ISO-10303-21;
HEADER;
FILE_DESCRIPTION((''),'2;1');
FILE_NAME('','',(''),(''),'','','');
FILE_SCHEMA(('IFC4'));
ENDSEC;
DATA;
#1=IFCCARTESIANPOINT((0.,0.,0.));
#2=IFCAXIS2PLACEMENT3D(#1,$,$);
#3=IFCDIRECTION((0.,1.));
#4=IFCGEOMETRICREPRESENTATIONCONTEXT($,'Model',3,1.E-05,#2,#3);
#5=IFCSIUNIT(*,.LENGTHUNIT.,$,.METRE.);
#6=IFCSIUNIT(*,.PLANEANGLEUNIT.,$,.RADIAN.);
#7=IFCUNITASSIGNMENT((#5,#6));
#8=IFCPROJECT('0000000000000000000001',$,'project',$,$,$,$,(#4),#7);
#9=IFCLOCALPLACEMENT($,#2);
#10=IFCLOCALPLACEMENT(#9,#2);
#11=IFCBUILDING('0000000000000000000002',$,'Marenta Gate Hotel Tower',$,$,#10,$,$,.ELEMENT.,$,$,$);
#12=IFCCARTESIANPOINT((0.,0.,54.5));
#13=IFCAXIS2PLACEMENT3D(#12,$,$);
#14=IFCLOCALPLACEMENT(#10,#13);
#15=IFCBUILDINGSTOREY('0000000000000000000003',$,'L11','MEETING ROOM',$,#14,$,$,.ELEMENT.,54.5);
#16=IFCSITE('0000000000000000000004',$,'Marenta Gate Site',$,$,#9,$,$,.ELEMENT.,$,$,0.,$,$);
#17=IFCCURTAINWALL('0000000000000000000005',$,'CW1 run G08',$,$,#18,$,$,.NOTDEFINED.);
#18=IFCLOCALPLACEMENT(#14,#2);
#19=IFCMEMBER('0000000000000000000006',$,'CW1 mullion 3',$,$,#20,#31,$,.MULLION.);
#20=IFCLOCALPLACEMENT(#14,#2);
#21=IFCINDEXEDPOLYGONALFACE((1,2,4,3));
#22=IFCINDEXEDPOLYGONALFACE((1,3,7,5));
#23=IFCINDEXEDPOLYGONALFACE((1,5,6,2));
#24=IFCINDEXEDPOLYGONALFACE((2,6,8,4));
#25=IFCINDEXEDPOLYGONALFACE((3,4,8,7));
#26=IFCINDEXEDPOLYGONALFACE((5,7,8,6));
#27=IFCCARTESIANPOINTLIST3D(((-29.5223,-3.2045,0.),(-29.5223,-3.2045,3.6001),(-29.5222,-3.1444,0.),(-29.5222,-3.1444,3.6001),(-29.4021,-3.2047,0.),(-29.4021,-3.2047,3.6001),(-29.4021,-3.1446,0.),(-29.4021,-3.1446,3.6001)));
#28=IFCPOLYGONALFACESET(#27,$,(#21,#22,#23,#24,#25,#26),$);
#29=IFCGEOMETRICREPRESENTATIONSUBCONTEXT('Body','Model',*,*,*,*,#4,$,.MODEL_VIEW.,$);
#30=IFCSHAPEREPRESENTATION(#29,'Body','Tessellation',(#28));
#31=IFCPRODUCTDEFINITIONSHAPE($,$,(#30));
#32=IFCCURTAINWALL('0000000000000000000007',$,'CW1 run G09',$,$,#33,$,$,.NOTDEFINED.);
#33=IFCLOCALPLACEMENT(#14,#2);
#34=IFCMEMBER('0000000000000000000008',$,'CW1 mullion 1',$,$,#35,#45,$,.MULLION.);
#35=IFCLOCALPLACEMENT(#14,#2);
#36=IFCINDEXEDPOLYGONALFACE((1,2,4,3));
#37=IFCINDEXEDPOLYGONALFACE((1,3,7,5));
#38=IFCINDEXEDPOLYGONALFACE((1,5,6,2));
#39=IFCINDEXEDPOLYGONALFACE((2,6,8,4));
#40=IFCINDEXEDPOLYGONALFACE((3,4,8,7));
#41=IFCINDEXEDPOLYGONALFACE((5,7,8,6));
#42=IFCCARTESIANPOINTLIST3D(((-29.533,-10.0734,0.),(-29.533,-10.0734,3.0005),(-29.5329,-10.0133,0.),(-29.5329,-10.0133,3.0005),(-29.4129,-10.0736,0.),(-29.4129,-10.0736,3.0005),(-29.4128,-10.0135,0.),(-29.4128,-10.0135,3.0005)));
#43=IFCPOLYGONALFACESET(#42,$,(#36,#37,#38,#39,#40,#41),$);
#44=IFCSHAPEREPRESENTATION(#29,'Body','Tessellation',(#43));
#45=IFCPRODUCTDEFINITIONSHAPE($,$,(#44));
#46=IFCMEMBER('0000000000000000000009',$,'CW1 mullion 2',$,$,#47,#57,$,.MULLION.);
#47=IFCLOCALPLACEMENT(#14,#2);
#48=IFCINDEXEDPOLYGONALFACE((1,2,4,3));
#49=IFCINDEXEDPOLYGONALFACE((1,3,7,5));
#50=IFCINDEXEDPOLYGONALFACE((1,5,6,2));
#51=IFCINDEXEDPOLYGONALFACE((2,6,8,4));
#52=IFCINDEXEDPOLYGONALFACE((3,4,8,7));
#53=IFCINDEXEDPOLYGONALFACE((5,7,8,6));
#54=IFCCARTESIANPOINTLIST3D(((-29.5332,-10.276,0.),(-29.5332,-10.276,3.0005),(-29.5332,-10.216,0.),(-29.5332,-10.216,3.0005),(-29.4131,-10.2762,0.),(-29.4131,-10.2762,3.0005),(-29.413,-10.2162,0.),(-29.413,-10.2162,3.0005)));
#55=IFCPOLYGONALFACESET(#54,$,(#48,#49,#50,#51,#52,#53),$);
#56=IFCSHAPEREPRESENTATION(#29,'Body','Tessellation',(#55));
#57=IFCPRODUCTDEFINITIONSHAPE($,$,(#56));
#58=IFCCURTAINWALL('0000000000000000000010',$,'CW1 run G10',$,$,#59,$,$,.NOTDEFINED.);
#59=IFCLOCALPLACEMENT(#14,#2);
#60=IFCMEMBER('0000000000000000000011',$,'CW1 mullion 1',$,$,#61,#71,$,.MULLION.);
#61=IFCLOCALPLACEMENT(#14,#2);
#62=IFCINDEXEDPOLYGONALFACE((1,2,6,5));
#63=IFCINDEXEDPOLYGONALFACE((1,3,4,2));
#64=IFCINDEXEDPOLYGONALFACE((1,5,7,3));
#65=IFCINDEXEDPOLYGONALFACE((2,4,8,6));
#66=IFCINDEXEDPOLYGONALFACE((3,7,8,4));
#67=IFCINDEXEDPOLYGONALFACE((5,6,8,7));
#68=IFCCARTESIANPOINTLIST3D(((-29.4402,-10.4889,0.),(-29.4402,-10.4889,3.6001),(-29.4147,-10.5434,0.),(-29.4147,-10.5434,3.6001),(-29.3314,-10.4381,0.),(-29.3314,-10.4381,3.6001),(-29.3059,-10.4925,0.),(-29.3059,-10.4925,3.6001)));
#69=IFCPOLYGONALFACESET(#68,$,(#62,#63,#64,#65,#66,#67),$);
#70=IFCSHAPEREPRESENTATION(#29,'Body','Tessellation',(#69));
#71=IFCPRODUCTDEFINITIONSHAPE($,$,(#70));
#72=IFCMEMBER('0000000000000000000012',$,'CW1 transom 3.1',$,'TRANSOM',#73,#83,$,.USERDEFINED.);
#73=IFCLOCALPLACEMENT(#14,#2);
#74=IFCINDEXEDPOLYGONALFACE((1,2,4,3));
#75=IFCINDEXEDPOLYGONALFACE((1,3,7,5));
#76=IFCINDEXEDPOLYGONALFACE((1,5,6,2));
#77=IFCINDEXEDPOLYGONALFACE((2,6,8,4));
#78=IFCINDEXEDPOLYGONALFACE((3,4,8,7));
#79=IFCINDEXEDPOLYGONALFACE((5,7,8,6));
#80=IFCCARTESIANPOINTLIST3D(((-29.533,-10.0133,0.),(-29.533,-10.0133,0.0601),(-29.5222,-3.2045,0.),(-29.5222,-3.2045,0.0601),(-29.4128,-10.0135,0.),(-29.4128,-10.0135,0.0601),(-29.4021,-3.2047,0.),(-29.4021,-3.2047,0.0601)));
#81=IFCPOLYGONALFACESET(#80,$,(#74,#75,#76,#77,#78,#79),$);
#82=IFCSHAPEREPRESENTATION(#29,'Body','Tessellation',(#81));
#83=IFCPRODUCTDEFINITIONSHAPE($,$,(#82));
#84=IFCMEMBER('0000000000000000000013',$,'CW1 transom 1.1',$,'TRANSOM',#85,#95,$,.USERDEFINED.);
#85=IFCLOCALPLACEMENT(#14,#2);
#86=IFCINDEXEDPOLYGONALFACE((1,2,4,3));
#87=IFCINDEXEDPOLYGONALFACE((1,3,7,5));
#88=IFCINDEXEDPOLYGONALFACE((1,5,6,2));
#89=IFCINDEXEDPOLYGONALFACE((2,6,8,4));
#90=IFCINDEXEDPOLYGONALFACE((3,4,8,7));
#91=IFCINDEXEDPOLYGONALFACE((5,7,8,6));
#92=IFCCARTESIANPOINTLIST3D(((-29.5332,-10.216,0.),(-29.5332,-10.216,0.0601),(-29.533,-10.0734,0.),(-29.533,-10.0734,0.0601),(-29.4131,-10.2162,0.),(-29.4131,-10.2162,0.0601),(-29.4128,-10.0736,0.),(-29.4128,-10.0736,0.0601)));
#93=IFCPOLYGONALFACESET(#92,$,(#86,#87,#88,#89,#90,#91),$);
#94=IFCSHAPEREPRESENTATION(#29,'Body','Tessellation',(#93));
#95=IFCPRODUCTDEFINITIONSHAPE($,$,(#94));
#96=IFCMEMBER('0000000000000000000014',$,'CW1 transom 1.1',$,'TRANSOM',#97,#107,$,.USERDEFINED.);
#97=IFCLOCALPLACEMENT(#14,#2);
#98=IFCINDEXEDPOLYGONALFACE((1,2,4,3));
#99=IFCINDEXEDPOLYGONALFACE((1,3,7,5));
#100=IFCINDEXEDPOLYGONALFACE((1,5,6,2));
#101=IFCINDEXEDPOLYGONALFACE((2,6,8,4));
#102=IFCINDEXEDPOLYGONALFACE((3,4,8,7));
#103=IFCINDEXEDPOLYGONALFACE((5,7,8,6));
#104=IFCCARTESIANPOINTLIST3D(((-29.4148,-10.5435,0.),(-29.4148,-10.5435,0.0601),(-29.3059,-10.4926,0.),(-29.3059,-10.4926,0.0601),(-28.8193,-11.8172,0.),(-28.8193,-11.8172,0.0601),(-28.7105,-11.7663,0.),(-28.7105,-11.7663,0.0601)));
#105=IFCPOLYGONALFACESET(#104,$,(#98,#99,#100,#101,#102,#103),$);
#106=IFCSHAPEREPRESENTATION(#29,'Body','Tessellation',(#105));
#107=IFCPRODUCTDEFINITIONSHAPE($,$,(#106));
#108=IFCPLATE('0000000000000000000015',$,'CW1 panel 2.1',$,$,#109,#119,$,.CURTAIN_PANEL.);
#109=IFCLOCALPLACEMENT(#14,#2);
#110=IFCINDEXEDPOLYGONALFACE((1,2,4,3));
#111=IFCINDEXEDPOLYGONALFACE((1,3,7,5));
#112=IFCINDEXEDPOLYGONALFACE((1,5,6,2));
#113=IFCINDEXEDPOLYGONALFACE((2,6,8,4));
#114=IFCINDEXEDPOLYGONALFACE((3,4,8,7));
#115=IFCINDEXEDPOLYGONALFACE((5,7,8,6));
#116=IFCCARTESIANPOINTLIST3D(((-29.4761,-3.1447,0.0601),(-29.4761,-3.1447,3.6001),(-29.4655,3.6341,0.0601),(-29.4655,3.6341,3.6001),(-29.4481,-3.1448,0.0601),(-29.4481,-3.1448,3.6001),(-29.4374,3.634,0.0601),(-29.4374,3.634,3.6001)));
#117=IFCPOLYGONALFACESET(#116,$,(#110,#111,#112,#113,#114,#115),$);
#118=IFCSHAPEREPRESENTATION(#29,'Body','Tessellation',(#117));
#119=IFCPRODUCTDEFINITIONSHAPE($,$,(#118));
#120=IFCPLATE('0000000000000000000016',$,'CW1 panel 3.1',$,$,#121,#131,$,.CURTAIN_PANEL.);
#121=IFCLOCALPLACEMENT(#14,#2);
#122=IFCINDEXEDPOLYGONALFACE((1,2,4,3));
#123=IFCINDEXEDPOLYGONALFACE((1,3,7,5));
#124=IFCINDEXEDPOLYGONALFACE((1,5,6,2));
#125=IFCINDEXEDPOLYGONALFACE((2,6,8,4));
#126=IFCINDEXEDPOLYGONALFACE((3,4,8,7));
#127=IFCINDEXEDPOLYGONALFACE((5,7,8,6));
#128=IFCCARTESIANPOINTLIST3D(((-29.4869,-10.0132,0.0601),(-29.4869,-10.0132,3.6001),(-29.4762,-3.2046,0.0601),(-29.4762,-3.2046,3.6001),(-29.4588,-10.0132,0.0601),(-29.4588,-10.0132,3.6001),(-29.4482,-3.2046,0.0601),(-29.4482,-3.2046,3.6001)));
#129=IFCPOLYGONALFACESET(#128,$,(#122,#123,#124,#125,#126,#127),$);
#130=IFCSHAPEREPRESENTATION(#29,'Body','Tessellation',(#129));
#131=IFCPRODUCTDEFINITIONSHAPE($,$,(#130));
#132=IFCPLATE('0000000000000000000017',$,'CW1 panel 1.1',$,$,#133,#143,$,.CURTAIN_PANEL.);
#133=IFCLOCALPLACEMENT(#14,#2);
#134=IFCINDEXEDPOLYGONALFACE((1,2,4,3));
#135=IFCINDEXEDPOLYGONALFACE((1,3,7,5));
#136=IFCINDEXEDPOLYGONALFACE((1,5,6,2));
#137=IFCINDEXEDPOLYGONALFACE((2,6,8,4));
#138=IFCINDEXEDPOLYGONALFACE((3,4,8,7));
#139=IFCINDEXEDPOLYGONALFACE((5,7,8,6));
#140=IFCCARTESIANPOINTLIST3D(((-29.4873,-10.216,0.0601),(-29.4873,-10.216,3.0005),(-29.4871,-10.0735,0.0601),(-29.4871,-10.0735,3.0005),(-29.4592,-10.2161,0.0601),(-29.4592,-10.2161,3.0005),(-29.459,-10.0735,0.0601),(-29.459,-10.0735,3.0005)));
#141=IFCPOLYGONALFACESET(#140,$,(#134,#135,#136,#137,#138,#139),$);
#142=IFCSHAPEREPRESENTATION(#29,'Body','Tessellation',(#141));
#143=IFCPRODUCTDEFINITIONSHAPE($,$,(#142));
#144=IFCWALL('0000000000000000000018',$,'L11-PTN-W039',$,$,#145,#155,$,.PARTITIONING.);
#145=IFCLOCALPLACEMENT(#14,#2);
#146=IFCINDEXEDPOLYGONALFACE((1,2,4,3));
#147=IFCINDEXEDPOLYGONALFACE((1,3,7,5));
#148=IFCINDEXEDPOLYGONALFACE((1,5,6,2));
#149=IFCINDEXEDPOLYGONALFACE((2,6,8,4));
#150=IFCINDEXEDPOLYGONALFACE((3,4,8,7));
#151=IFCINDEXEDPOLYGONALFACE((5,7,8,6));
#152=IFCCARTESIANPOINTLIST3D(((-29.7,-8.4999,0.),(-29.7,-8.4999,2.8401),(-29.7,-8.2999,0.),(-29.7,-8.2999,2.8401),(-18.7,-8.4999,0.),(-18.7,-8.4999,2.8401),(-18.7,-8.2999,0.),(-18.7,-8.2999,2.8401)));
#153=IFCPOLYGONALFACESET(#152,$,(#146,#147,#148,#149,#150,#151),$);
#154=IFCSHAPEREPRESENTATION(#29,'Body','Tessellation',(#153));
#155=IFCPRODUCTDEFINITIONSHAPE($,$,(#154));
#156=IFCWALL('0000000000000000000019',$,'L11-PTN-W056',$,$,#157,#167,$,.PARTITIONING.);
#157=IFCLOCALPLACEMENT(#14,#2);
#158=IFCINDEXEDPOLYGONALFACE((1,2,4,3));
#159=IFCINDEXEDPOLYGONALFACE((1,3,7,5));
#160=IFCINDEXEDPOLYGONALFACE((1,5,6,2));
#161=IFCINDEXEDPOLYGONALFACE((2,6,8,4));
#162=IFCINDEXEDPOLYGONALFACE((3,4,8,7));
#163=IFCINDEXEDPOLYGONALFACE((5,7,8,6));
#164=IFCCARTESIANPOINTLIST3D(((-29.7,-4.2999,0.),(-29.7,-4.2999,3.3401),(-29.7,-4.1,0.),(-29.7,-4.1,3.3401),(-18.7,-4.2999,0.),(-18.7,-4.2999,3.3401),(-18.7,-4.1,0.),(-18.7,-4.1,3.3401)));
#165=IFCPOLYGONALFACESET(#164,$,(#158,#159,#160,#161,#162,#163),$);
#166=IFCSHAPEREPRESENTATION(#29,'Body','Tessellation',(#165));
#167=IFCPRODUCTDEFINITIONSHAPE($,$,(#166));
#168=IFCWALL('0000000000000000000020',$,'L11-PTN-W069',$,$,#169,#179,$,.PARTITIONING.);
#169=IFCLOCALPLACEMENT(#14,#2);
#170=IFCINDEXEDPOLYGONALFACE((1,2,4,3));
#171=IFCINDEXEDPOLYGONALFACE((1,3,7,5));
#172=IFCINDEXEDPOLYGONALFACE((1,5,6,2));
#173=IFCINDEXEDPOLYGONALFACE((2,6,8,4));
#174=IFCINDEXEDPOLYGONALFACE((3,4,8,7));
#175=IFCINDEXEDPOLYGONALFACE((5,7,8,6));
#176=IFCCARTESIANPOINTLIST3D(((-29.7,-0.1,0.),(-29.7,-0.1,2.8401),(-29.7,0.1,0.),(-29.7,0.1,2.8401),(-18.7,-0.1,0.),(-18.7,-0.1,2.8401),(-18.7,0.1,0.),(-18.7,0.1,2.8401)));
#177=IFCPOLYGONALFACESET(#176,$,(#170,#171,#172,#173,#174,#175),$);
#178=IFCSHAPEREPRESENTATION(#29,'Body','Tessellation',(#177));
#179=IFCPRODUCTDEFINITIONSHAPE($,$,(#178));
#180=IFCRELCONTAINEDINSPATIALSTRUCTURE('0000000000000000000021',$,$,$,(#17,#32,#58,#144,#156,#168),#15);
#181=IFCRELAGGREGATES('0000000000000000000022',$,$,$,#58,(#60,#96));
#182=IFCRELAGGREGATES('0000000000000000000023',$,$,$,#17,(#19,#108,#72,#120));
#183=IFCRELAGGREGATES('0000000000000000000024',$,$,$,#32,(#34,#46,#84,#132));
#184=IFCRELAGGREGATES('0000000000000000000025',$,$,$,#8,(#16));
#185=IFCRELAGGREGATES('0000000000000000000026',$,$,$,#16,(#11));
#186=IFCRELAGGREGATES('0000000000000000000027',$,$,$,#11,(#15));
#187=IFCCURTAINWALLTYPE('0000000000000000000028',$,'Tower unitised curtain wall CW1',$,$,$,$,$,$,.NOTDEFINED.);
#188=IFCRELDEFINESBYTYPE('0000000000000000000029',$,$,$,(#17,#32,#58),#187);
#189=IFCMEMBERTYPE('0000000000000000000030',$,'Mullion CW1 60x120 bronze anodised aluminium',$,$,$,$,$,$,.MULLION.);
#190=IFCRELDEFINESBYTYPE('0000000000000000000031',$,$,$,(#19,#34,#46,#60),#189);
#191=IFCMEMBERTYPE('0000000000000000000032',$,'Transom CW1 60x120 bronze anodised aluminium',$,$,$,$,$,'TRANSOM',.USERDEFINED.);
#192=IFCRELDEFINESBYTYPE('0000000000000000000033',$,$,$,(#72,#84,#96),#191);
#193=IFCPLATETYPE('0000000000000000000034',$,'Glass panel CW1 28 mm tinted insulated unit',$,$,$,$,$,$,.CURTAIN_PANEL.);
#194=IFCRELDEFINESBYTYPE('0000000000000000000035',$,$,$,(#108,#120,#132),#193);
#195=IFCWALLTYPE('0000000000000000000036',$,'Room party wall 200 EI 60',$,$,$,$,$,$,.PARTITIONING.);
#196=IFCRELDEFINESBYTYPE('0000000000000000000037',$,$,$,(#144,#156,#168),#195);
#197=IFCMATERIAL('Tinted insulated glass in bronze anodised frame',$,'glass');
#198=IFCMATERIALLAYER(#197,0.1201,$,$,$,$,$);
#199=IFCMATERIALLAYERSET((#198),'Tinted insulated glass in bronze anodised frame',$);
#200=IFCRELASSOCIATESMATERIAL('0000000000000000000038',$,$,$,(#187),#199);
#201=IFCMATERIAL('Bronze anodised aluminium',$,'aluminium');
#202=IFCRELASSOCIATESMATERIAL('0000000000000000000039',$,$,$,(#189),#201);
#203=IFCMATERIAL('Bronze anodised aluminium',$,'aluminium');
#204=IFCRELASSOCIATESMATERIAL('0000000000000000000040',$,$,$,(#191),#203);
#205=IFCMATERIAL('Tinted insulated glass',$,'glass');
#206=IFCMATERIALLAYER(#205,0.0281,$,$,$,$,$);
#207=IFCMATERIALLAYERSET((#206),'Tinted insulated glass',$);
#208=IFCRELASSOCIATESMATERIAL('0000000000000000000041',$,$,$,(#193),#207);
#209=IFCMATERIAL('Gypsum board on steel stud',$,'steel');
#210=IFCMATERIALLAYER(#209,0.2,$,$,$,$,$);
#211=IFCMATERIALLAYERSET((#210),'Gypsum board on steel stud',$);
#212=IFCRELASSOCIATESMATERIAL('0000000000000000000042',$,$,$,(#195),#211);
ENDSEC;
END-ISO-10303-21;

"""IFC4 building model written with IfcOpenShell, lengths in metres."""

from ifc_helpers import new_model, si_unit, direction, frame, frame_2d, origin, origin_2d, place, context, subcontext, project, spatial, rectangle, extrude, material, layer, layer_set, material_profile, profile_set, type_object, element, aggregate, save


model = new_model("IFC4")

# Units and contexts
model_context = context("Model", 3, precision=1e-05, world=origin(), true_north=direction((0.0, 1.0)))
body_context = subcontext(model_context, "Body", "Model", "MODEL_VIEW")
ifc_project = project(units=[si_unit("LENGTHUNIT", "METRE"), si_unit("PLANEANGLEUNIT", "RADIAN")], contexts=[model_context])

# Site, building, storey
site_placement = place(None, origin())
site = spatial("IfcSite", under=ifc_project, at=site_placement, Name="Marenta Gate Site", CompositionType="ELEMENT", RefElevation=0.0)
building_placement = place(site_placement, origin())
building = spatial("IfcBuilding", under=site, at=building_placement, Name="Marenta Gate Hotel Tower", CompositionType="ELEMENT")
storey_placement = place(building_placement, frame((0.0, 0.0, 54.5)))
storey = spatial("IfcBuildingStorey", under=building, at=storey_placement, Name="L11", Description="MEETING ROOM", CompositionType="ELEMENT", Elevation=54.5)

# Curtain wall, member
ifc_material_1 = material(Name="Tinted insulated glass in bronze anodised frame", Category="glass")
ifc_layer_1 = layer(ifc_material_1, 0.1201)
ifc_layer_set_1 = layer_set([ifc_layer_1], Name="Tinted insulated glass in bronze anodised frame")
curtain_wall_type = type_object("IfcCurtainWallType", Name="Tower unitised curtain wall CW1", PredefinedType="NOTDEFINED", material=ifc_layer_set_1)
curtain_wall_1_placement = place(storey_placement, origin())
curtain_wall_1 = element("IfcCurtainWall", 1, at=curtain_wall_1_placement, inside=storey, type_object=curtain_wall_type, Name="CW1 run G08", PredefinedType="NOTDEFINED")
ifc_material_2 = material(Name="Bronze anodised aluminium", Category="aluminium")
ifc_material_profile_1 = material_profile(ifc_material_2, rectangle(XDim=0.1201, YDim=0.0601, at=origin_2d()), Name="Mullion CW1 60x120 bronze anodised aluminium")
ifc_profile_set_1 = profile_set([ifc_material_profile_1], Name="Bronze anodised aluminium")
member_type_1 = type_object("IfcMemberType", Name="Mullion CW1 60x120 bronze anodised aluminium", PredefinedType="MULLION", material=ifc_profile_set_1)
member_1_placement = place(storey_placement, frame((-29.4622, -3.1746, 0.0), z_axis=(0.0, 0.0, 1.0), x_axis=(0.999999, -0.001565, 0.0)))
member_1 = element("IfcMember", 2, at=member_1_placement, type_object=member_type_1, Name="CW1 mullion 3", PredefinedType="MULLION", context=body_context, shape_type="SweptSolid", body=[
    extrude(rectangle(XDim=0.1201, YDim=0.0601, at=origin_2d()), origin(), (0.0, 0.0, 1.0), 3.6001),
])

# Curtain wall, members
curtain_wall_2_placement = place(storey_placement, origin())
curtain_wall_2 = element("IfcCurtainWall", 3, at=curtain_wall_2_placement, inside=storey, type_object=curtain_wall_type, Name="CW1 run G09", PredefinedType="NOTDEFINED")
member_2_placement = place(storey_placement, frame((-29.4729, -10.0435, 0.0), z_axis=(0.0, 0.0, 1.0), x_axis=(0.999999, -0.001523, 0.0)))
member_2 = element("IfcMember", 4, at=member_2_placement, type_object=member_type_1, Name="CW1 mullion 1", PredefinedType="MULLION", context=body_context, shape_type="SweptSolid", body=[
    extrude(rectangle(XDim=0.1201, YDim=0.0601, at=origin_2d()), origin(), (0.0, 0.0, 1.0), 3.0005),
])
member_3_placement = place(storey_placement, frame((-29.4731, -10.2461, 0.0), z_axis=(0.0, 0.0, 1.0), x_axis=(0.999999, -0.001523, 0.0)))
member_3 = element("IfcMember", 5, at=member_3_placement, type_object=member_type_1, Name="CW1 mullion 2", PredefinedType="MULLION", context=body_context, shape_type="SweptSolid", body=[
    extrude(rectangle(XDim=0.1201, YDim=0.0601, at=origin_2d()), origin(), (0.0, 0.0, 1.0), 3.0005),
])

# Curtain wall, member
curtain_wall_3_placement = place(storey_placement, origin())
curtain_wall_3 = element("IfcCurtainWall", 6, at=curtain_wall_3_placement, inside=storey, type_object=curtain_wall_type, Name="CW1 run G10", PredefinedType="NOTDEFINED")
member_4_placement = place(storey_placement, frame((-29.373, -10.4907, 0.0), z_axis=(0.0, 0.0, 1.0), x_axis=(0.905955, 0.423375, 0.0)))
member_4 = element("IfcMember", 7, at=member_4_placement, type_object=member_type_1, Name="CW1 mullion 1", PredefinedType="MULLION", context=body_context, shape_type="SweptSolid", body=[
    extrude(rectangle(XDim=0.1201, YDim=0.0601, at=origin_2d()), origin(), (0.0, 0.0, 1.0), 3.6001),
])

# Members
ifc_material_3 = material(Name="Bronze anodised aluminium", Category="aluminium")
ifc_material_profile_2 = material_profile(ifc_material_3, rectangle(XDim=0.1201, YDim=0.0601, at=origin_2d()), Name="Transom CW1 60x120 bronze anodised aluminium")
ifc_profile_set_2 = profile_set([ifc_material_profile_2], Name="Bronze anodised aluminium")
member_type_2 = type_object("IfcMemberType", Name="Transom CW1 60x120 bronze anodised aluminium", ElementType="TRANSOM", PredefinedType="USERDEFINED", material=ifc_profile_set_2)
member_5_placement = place(storey_placement, frame((-29.4622, -3.2046, 0.03), z_axis=(-0.001578, -0.999999, 0.0), x_axis=(0.999999, -0.001578, 0.0)))
member_5 = element("IfcMember", 8, at=member_5_placement, type_object=member_type_2, Name="CW1 transom 3.1", ObjectType="TRANSOM", PredefinedType="USERDEFINED", context=body_context, shape_type="SweptSolid", body=[
    extrude(rectangle(XDim=0.1201, YDim=0.0601, at=origin_2d()), origin(), (0.0, 0.0, 1.0), 6.8088),
])
member_6_placement = place(storey_placement, frame((-29.4729, -10.0735, 0.03), z_axis=(-0.001712, -0.999999, 0.0), x_axis=(0.999999, -0.001712, 0.0)))
member_6 = element("IfcMember", 9, at=member_6_placement, type_object=member_type_2, Name="CW1 transom 1.1", ObjectType="TRANSOM", PredefinedType="USERDEFINED", context=body_context, shape_type="SweptSolid", body=[
    extrude(rectangle(XDim=0.1201, YDim=0.0601, at=origin_2d()), origin(), (0.0, 0.0, 1.0), 0.1426),
])
member_7_placement = place(storey_placement, frame((-29.3604, -10.5181, 0.03), z_axis=(0.423513, -0.90589, 0.0), x_axis=(0.90589, 0.423513, 0.0)))
member_7 = element("IfcMember", 10, at=member_7_placement, type_object=member_type_2, Name="CW1 transom 1.1", ObjectType="TRANSOM", PredefinedType="USERDEFINED", context=body_context, shape_type="SweptSolid", body=[
    extrude(rectangle(XDim=0.1201, YDim=0.0601, at=origin_2d()), origin(), (0.0, 0.0, 1.0), 1.406),
])
aggregate(curtain_wall_3, [member_4, member_7])

# Plates
ifc_material_4 = material(Name="Tinted insulated glass", Category="glass")
ifc_layer_2 = layer(ifc_material_4, 0.0281)
ifc_layer_set_2 = layer_set([ifc_layer_2], Name="Tinted insulated glass")
plate_type = type_object("IfcPlateType", Name="Glass panel CW1 28 mm tinted insulated unit", PredefinedType="CURTAIN_PANEL", material=ifc_layer_set_2)
plate_1_placement = place(storey_placement, frame((-29.4568, 0.2446, 0.0601), z_axis=(0.0, 0.0, 1.0), x_axis=(-0.001565, -0.999999, 0.0)))
plate_1 = element("IfcPlate", 11, at=plate_1_placement, type_object=plate_type, Name="CW1 panel 2.1", PredefinedType="CURTAIN_PANEL", context=body_context, shape_type="SweptSolid", body=[
    extrude(rectangle(XDim=6.7788, YDim=0.0281, at=origin_2d()), origin(), (0.0, 0.0, 1.0), 3.54),
])
plate_2_placement = place(storey_placement, frame((-29.4675, -6.6089, 0.0601), z_axis=(0.0, 0.0, 1.0), x_axis=(-0.001565, -0.999999, 0.0)))
plate_2 = element("IfcPlate", 12, at=plate_2_placement, type_object=plate_type, Name="CW1 panel 3.1", PredefinedType="CURTAIN_PANEL", context=body_context, shape_type="SweptSolid", body=[
    extrude(rectangle(XDim=6.8086, YDim=0.0281, at=origin_2d()), origin(), (0.0, 0.0, 1.0), 3.54),
])
aggregate(curtain_wall_1, [member_1, plate_1, member_5, plate_2])
plate_3_placement = place(storey_placement, frame((-29.4731, -10.1448, 0.0601), z_axis=(0.0, 0.0, 1.0), x_axis=(-0.001523, -0.999999, 0.0)))
plate_3 = element("IfcPlate", 13, at=plate_3_placement, type_object=plate_type, Name="CW1 panel 1.1", PredefinedType="CURTAIN_PANEL", context=body_context, shape_type="SweptSolid", body=[
    extrude(rectangle(XDim=0.1426, YDim=0.0281, at=origin_2d()), origin(), (0.0, 0.0, 1.0), 2.9404),
])
aggregate(curtain_wall_2, [member_2, member_3, member_6, plate_3])

# Walls
ifc_material_5 = material(Name="Gypsum board on steel stud", Category="steel")
ifc_layer_3 = layer(ifc_material_5, 0.2)
ifc_layer_set_3 = layer_set([ifc_layer_3], Name="Gypsum board on steel stud")
wall_type = type_object("IfcWallType", Name="Room party wall 200 EI 60", PredefinedType="PARTITIONING", material=ifc_layer_set_3)
wall_1_placement = place(storey_placement, frame((-29.7, -8.3999, 0.0), z_axis=(0.0, 0.0, 1.0), x_axis=(1.0, 0.0, 0.0)))
element("IfcWall", 14, at=wall_1_placement, inside=storey, type_object=wall_type, Name="L11-PTN-W039", PredefinedType="PARTITIONING", context=body_context, shape_type="SweptSolid", body=[
    extrude(rectangle(XDim=11.0, YDim=0.2, at=frame_2d((5.5, 0.0))), origin(), (0.0, 0.0, 1.0), 2.8401),
])
wall_2_placement = place(storey_placement, frame((-29.7, -4.2, 0.0), z_axis=(0.0, 0.0, 1.0), x_axis=(1.0, 0.0, 0.0)))
element("IfcWall", 15, at=wall_2_placement, inside=storey, type_object=wall_type, Name="L11-PTN-W056", PredefinedType="PARTITIONING", context=body_context, shape_type="SweptSolid", body=[
    extrude(rectangle(XDim=11.0, YDim=0.2, at=frame_2d((5.5, 0.0))), origin(), (0.0, 0.0, 1.0), 3.3401),
])
wall_3_placement = place(storey_placement, frame((-29.7, 0.0, 0.0), z_axis=(0.0, 0.0, 1.0), x_axis=(1.0, 0.0, 0.0)))
element("IfcWall", 16, at=wall_3_placement, inside=storey, type_object=wall_type, Name="L11-PTN-W069", PredefinedType="PARTITIONING", context=body_context, shape_type="SweptSolid", body=[
    extrude(rectangle(XDim=11.0, YDim=0.2, at=frame_2d((5.5, 0.0))), origin(), (0.0, 0.0, 1.0), 2.8401),
])

save(model, "model.ifc")
